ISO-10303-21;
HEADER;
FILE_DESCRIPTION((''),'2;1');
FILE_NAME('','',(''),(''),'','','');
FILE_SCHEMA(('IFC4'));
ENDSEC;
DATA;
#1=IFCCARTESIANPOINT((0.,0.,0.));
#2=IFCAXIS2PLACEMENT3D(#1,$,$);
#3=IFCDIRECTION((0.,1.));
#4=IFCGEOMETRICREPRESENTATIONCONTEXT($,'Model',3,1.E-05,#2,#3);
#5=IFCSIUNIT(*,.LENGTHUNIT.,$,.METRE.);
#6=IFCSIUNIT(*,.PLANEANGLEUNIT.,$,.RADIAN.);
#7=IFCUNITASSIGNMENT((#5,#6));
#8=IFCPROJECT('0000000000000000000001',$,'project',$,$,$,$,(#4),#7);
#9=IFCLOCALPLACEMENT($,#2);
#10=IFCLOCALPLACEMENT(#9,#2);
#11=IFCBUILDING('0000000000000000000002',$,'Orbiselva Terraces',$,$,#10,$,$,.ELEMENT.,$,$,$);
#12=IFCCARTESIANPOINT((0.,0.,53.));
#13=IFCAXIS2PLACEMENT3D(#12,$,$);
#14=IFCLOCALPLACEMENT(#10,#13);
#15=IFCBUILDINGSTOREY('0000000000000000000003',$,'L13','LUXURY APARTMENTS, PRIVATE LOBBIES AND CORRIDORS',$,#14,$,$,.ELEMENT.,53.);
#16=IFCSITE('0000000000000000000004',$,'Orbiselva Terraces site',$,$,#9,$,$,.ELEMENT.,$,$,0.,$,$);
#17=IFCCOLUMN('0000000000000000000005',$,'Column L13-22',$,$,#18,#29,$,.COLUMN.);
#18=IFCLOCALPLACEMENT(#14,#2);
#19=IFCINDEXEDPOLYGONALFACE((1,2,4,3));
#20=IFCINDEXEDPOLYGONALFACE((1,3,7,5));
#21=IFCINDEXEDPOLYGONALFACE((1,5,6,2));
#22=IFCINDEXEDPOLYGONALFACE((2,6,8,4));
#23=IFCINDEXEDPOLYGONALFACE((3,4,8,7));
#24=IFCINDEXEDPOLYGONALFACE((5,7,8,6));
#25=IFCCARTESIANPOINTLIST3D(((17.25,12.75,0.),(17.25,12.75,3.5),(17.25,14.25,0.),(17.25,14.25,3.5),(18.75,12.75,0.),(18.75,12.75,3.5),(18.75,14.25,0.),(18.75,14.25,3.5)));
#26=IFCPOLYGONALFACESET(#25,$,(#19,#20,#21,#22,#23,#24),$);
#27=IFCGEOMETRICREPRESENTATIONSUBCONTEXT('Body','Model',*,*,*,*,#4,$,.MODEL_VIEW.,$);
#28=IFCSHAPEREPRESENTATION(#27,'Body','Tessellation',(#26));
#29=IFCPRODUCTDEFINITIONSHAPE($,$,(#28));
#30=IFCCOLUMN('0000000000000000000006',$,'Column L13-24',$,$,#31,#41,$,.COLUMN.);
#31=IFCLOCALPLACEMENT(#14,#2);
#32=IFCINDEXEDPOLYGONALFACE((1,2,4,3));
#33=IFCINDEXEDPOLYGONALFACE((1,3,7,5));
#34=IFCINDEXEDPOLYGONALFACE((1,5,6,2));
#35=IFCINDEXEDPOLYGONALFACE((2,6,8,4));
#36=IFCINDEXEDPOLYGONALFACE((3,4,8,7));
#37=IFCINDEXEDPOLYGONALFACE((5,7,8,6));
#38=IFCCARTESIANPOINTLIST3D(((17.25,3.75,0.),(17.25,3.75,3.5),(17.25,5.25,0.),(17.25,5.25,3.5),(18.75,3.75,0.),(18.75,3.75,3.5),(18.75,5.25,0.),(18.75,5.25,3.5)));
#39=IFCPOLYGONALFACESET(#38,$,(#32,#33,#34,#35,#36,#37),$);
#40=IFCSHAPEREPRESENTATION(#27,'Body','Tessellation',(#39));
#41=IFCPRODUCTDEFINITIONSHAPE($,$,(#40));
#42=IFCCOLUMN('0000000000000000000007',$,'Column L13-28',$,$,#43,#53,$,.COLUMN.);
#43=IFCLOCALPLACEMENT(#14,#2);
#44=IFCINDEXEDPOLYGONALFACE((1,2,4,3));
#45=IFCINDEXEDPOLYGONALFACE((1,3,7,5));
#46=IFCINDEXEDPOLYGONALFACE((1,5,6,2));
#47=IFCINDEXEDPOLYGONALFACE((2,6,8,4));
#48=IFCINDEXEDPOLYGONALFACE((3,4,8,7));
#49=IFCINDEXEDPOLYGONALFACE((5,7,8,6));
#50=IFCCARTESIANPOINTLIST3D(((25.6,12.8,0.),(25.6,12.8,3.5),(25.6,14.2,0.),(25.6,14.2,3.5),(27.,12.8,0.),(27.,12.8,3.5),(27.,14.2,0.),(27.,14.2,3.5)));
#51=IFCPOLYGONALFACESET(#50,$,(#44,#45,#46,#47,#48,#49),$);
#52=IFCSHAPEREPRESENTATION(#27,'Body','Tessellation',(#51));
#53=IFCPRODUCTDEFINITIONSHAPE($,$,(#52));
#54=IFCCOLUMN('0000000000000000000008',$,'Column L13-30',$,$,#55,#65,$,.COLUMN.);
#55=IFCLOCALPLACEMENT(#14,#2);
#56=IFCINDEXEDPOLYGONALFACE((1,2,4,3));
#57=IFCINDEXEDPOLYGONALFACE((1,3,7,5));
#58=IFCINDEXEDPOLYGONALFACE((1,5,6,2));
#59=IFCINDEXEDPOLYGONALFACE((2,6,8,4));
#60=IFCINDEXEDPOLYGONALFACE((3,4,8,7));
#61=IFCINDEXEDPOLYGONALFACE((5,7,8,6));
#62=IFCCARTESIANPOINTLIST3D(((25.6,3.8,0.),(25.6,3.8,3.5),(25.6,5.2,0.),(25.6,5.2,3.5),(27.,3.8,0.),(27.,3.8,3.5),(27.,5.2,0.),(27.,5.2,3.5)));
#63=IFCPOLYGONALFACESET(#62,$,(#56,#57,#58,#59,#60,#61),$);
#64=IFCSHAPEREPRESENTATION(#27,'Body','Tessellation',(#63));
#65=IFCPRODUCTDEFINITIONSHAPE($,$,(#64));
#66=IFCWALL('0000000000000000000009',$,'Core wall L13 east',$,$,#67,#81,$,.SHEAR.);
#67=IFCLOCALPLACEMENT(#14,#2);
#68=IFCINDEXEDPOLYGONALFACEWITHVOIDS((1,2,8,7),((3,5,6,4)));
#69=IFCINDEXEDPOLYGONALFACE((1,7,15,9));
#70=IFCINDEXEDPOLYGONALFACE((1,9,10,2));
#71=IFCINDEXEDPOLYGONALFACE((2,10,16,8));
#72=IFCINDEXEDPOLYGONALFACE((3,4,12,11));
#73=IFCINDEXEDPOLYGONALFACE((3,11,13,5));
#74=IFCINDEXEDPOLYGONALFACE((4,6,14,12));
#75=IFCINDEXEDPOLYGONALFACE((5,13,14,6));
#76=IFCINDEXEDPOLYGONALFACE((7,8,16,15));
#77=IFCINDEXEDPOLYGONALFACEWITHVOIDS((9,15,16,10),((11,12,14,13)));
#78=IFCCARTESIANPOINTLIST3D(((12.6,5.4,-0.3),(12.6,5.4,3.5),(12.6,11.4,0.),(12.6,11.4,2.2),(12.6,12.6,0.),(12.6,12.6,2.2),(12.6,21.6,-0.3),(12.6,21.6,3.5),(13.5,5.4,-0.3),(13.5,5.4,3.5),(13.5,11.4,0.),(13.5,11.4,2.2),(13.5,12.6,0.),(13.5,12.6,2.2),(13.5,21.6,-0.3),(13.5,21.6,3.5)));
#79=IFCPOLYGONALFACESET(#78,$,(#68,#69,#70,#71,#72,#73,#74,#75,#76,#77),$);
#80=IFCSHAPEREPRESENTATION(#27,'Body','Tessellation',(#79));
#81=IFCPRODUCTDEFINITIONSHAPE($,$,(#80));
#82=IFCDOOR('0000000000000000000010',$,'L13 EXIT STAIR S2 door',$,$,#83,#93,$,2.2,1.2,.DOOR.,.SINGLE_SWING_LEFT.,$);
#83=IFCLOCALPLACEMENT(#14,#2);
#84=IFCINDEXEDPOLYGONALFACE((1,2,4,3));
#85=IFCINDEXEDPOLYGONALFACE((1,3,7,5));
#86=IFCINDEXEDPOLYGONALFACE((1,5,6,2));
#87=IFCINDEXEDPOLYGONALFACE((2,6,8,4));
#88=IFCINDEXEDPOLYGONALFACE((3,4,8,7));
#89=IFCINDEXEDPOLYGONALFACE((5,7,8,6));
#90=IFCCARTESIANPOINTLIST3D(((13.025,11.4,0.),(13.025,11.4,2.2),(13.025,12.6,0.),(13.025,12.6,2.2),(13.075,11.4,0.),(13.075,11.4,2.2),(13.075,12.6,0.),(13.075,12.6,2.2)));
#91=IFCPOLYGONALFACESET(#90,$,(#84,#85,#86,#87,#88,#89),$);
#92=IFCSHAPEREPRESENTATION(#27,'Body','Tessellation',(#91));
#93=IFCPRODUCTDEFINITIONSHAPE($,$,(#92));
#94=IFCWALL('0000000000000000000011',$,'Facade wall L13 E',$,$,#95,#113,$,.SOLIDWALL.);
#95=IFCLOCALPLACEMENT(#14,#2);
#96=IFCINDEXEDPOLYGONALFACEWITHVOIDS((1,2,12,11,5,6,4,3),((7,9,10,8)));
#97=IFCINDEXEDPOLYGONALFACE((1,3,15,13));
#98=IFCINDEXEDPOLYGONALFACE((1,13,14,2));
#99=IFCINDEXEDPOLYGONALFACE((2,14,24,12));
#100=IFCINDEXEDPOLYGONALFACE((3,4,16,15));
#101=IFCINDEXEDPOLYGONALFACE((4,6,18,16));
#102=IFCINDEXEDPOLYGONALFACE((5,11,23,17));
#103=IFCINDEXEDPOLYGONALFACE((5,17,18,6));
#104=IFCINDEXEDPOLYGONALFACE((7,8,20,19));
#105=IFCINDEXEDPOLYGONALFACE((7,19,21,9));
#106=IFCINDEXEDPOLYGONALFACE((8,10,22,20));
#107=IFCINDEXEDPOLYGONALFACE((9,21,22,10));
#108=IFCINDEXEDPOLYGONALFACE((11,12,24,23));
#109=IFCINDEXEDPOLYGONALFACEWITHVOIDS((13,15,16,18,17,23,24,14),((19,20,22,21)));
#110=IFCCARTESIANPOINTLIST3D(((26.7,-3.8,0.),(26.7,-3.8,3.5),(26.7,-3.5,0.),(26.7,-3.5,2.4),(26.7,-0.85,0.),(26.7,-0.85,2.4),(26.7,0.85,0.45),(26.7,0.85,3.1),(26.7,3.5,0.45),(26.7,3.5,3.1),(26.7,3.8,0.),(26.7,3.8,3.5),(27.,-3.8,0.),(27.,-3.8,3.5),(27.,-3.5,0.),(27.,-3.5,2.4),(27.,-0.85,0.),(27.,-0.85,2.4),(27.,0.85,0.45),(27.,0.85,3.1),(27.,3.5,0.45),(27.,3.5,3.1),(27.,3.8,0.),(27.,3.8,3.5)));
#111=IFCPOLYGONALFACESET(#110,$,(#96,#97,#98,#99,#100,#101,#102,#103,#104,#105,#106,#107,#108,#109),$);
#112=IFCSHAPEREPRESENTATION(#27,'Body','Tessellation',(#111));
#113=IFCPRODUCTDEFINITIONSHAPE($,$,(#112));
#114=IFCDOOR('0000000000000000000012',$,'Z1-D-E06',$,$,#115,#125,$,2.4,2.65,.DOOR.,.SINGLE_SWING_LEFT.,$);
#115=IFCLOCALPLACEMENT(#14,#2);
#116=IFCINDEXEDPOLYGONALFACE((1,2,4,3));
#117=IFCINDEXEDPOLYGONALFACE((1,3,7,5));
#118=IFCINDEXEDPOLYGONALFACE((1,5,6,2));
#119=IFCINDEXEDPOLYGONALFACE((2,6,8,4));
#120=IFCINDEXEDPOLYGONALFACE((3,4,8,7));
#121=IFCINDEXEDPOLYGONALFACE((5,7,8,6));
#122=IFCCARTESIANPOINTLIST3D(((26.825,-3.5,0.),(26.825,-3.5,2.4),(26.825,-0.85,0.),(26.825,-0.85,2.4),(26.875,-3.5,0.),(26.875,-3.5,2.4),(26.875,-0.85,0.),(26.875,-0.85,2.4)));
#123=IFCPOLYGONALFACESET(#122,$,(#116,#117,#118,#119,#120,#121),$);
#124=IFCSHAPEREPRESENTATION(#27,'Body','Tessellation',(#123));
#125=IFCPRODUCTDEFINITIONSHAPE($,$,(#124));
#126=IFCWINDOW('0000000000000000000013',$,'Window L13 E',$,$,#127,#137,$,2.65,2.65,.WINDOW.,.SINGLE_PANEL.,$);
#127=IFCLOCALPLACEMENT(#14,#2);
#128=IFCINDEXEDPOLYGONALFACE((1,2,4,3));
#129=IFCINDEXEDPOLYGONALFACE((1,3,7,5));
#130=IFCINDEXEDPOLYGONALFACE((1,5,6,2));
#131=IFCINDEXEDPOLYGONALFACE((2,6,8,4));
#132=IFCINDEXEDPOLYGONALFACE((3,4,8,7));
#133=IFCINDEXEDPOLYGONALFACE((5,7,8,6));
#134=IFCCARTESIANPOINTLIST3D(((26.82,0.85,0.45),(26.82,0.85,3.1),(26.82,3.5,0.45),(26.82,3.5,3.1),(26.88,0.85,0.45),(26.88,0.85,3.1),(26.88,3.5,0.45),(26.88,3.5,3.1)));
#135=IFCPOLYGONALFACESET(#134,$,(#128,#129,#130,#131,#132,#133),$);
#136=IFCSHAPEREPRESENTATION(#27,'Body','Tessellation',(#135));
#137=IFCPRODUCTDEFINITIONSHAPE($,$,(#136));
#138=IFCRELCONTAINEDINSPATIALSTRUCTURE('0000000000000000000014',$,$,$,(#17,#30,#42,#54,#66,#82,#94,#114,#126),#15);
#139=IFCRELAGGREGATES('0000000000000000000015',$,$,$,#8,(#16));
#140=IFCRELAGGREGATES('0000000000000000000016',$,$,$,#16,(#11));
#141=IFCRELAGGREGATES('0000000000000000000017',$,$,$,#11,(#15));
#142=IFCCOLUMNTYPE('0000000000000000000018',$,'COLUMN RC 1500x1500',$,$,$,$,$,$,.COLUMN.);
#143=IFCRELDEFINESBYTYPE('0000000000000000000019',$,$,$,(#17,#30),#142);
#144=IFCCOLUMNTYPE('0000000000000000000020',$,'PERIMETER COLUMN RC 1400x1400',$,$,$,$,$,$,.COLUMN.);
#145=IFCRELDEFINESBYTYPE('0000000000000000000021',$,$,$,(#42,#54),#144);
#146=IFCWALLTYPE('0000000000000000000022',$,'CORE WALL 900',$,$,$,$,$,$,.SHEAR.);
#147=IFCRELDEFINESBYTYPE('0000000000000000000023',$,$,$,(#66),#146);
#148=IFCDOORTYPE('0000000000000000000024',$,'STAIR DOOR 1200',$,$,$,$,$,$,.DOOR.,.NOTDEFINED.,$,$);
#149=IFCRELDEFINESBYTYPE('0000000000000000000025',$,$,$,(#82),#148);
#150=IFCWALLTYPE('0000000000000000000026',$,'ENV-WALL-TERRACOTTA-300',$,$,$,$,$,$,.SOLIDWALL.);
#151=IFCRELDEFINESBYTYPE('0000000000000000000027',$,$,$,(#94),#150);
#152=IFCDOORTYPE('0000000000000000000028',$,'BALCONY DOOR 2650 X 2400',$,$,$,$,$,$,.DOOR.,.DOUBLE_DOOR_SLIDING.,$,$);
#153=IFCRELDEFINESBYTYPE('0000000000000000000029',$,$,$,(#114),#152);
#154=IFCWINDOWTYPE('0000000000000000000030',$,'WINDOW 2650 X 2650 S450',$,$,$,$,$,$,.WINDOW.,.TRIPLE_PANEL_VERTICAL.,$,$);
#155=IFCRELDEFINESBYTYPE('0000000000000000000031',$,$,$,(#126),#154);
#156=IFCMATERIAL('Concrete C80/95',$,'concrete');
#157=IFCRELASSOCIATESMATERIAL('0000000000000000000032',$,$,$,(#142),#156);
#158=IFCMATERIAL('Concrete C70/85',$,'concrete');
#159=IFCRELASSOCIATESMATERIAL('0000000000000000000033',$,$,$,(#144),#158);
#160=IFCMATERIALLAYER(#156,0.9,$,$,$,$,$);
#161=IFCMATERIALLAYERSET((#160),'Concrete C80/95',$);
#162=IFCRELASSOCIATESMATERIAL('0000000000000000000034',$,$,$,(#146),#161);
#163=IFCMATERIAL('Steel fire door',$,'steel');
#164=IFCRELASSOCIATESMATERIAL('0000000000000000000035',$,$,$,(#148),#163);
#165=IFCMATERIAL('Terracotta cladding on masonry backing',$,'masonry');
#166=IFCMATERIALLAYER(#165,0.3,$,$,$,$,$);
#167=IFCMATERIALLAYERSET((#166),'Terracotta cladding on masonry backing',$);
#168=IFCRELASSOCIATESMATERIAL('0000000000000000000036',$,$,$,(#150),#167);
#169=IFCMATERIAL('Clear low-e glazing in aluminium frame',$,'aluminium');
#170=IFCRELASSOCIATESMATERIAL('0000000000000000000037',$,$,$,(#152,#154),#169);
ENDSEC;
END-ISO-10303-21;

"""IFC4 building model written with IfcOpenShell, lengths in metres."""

from ifc_helpers import new_model, si_unit, direction, frame, frame_2d, origin, origin_2d, place, context, subcontext, project, spatial, rectangle, extrude, material, layer, layer_set, material_profile, profile_set, type_object, element, fill, save


model = new_model("IFC4")

# Units and contexts
model_context = context("Model", 3, precision=1e-05, world=origin(), true_north=direction((0.0, 1.0)))
body_context = subcontext(model_context, "Body", "Model", "MODEL_VIEW")
ifc_project = project(units=[si_unit("LENGTHUNIT", "METRE"), si_unit("PLANEANGLEUNIT", "RADIAN")], contexts=[model_context])

# Site, building, storey
site_placement = place(None, origin())
site = spatial("IfcSite", under=ifc_project, at=site_placement, Name="Orbiselva Terraces site", CompositionType="ELEMENT", RefElevation=0.0)
building_placement = place(site_placement, origin())
building = spatial("IfcBuilding", under=site, at=building_placement, Name="Orbiselva Terraces", CompositionType="ELEMENT")
storey_placement = place(building_placement, frame((0.0, 0.0, 53.0)))
storey = spatial("IfcBuildingStorey", under=building, at=storey_placement, Name="L13", Description="LUXURY APARTMENTS, PRIVATE LOBBIES AND CORRIDORS", CompositionType="ELEMENT", Elevation=53.0)

# Columns
ifc_material_1 = material(Name="Concrete C80/95", Category="concrete")
ifc_material_profile_1 = material_profile(ifc_material_1, rectangle(XDim=1.5, YDim=1.5, at=origin_2d()), Name="RC 1500x1500")
ifc_profile_set_1 = profile_set([ifc_material_profile_1], Name="Concrete C80/95")
column_type_1 = type_object("IfcColumnType", Name="COLUMN RC 1500x1500", PredefinedType="COLUMN", material=ifc_profile_set_1)
for number, where, z_axis, x_axis, name in (
    (1, (18.0, 13.5, 0.0), (0.0, 0.0, 1.0), (1.0, 0.0, 0.0), "Column L13-22"),
    (2, (18.0, 4.5, 0.0), (0.0, 0.0, 1.0), (1.0, 0.0, 0.0), "Column L13-24"),
):
    element("IfcColumn", number, at=place(storey_placement, frame(where, z_axis=z_axis, x_axis=x_axis)), inside=storey, type_object=column_type_1, Name=name, PredefinedType="COLUMN", context=body_context, shape_type="SweptSolid", body=[
        extrude(rectangle(XDim=1.5, YDim=1.5, at=origin_2d()), origin(), (0.0, 0.0, 1.0), 3.5),
    ])
ifc_material_2 = material(Name="Concrete C70/85", Category="concrete")
ifc_material_profile_2 = material_profile(ifc_material_2, rectangle(XDim=1.4, YDim=1.4, at=origin_2d()), Name="RC 1400x1400")
ifc_profile_set_2 = profile_set([ifc_material_profile_2], Name="Concrete C70/85")
column_type_2 = type_object("IfcColumnType", Name="PERIMETER COLUMN RC 1400x1400", PredefinedType="COLUMN", material=ifc_profile_set_2)
for number, where, z_axis, x_axis, name in (
    (3, (26.3, 13.5, 0.0), (0.0, 0.0, 1.0), (1.0, 0.0, 0.0), "Column L13-28"),
    (4, (26.3, 4.5, 0.0), (0.0, 0.0, 1.0), (1.0, 0.0, 0.0), "Column L13-30"),
):
    element("IfcColumn", number, at=place(storey_placement, frame(where, z_axis=z_axis, x_axis=x_axis)), inside=storey, type_object=column_type_2, Name=name, PredefinedType="COLUMN", context=body_context, shape_type="SweptSolid", body=[
        extrude(rectangle(XDim=1.4, YDim=1.4, at=origin_2d()), origin(), (0.0, 0.0, 1.0), 3.5),
    ])

# Wall, opening, door
ifc_layer_1 = layer(ifc_material_1, 0.9)
ifc_layer_set_1 = layer_set([ifc_layer_1], Name="Concrete C80/95")
wall_type_1 = type_object("IfcWallType", Name="CORE WALL 900", PredefinedType="SHEAR", material=ifc_layer_set_1)
wall_1_placement = place(storey_placement, frame((13.05, 5.4, -0.3), z_axis=(0.0, 0.0, 1.0), x_axis=(0.0, 1.0, 0.0)))
wall_1 = element("IfcWall", 5, at=wall_1_placement, inside=storey, type_object=wall_type_1, Name="Core wall L13 east", PredefinedType="SHEAR", context=body_context, shape_type="SweptSolid", body=[
    extrude(rectangle(XDim=16.2, YDim=0.9, at=frame_2d((8.1, 0.0))), origin(), (0.0, 0.0, 1.0), 3.8),
])
opening_1_placement = place(wall_1_placement, frame((6.0, 0.0, 0.3)))
opening_1 = element("IfcOpeningElement", 6, at=opening_1_placement, cuts=wall_1, PredefinedType="OPENING", context=body_context, shape_type="SweptSolid", body=[
    extrude(rectangle(XDim=1.2, YDim=2.2, at=frame_2d((0.6, 1.1))), frame((0.0, 0.46, 0.0), z_axis=(0.0, -1.0, 0.0), x_axis=(1.0, 0.0, 0.0)), (0.0, 0.0, 1.0), 0.92),
])
ifc_material_3 = material(Name="Steel fire door", Category="steel")
door_type_1 = type_object("IfcDoorType", Name="STAIR DOOR 1200", OperationType="NOTDEFINED", PredefinedType="DOOR", material=ifc_material_3)
door_1_placement = place(opening_1_placement, frame((1.2, 0.0, 0.0), z_axis=(0.0, 0.0, 1.0), x_axis=(-1.0, 0.0, 0.0)))
door_1 = element("IfcDoor", 7, at=door_1_placement, inside=storey, type_object=door_type_1, Name="L13 EXIT STAIR S2 door", OperationType="SINGLE_SWING_LEFT", OverallHeight=2.2, OverallWidth=1.2, PredefinedType="DOOR", context=body_context, shape_type="SweptSolid", body=[
    extrude(rectangle(XDim=1.2, YDim=2.2, at=frame_2d((0.6, 1.1))), frame((0.0, 0.025, 0.0), z_axis=(0.0, -1.0, 0.0), x_axis=(1.0, 0.0, 0.0)), (0.0, 0.0, 1.0), 0.05),
])
fill(opening_1, door_1)

# Wall, openings, door, window
ifc_material_4 = material(Name="Terracotta cladding on masonry backing", Category="masonry")
ifc_layer_2 = layer(ifc_material_4, 0.3)
ifc_layer_set_2 = layer_set([ifc_layer_2], Name="Terracotta cladding on masonry backing")
wall_type_2 = type_object("IfcWallType", Name="ENV-WALL-TERRACOTTA-300", PredefinedType="SOLIDWALL", material=ifc_layer_set_2)
wall_2_placement = place(storey_placement, frame((26.85, 3.8, 0.0), z_axis=(0.0, 0.0, 1.0), x_axis=(0.0, -1.0, 0.0)))
wall_2 = element("IfcWall", 8, at=wall_2_placement, inside=storey, type_object=wall_type_2, Name="Facade wall L13 E", PredefinedType="SOLIDWALL", context=body_context, shape_type="SweptSolid", body=[
    extrude(rectangle(XDim=7.6, YDim=0.3, at=frame_2d((3.8, 0.0))), origin(), (0.0, 0.0, 1.0), 3.5),
])
opening_2_placement = place(wall_2_placement, frame((4.65, 0.0, 0.0)))
opening_2 = element("IfcOpeningElement", 9, at=opening_2_placement, cuts=wall_2, PredefinedType="OPENING", context=body_context, shape_type="SweptSolid", body=[
    extrude(rectangle(XDim=2.65, YDim=2.4, at=frame_2d((1.325, 1.2))), frame((0.0, 0.16, 0.0), z_axis=(0.0, -1.0, 0.0), x_axis=(1.0, 0.0, 0.0)), (0.0, 0.0, 1.0), 0.32),
])
opening_3_placement = place(wall_2_placement, frame((0.3, 0.0, 0.45)))
opening_3 = element("IfcOpeningElement", 10, at=opening_3_placement, cuts=wall_2, PredefinedType="OPENING", context=body_context, shape_type="SweptSolid", body=[
    extrude(rectangle(XDim=2.65, YDim=2.65, at=frame_2d((1.325, 1.325))), frame((0.0, 0.16, 0.0), z_axis=(0.0, -1.0, 0.0), x_axis=(1.0, 0.0, 0.0)), (0.0, 0.0, 1.0), 0.32),
])
ifc_material_5 = material(Name="Clear low-e glazing in aluminium frame", Category="aluminium")
door_type_2 = type_object("IfcDoorType", Name="BALCONY DOOR 2650 X 2400", OperationType="DOUBLE_DOOR_SLIDING", PredefinedType="DOOR", material=ifc_material_5)
door_2_placement = place(opening_2_placement, origin())
door_2 = element("IfcDoor", 11, at=door_2_placement, inside=storey, type_object=door_type_2, Name="Z1-D-E06", OperationType="SINGLE_SWING_LEFT", OverallHeight=2.4, OverallWidth=2.65, PredefinedType="DOOR", context=body_context, shape_type="SweptSolid", body=[
    extrude(rectangle(XDim=2.65, YDim=2.4, at=frame_2d((1.325, 1.2))), frame((0.0, 0.025, 0.0), z_axis=(0.0, -1.0, 0.0), x_axis=(1.0, 0.0, 0.0)), (0.0, 0.0, 1.0), 0.05),
])
fill(opening_2, door_2)
window_type = type_object("IfcWindowType", Name="WINDOW 2650 X 2650 S450", PartitioningType="TRIPLE_PANEL_VERTICAL", PredefinedType="WINDOW", material=ifc_material_5)
window_1_placement = place(opening_3_placement, origin())
window_1 = element("IfcWindow", 12, at=window_1_placement, inside=storey, type_object=window_type, Name="Window L13 E", OverallHeight=2.65, OverallWidth=2.65, PartitioningType="SINGLE_PANEL", PredefinedType="WINDOW", context=body_context, shape_type="SweptSolid", body=[
    extrude(rectangle(XDim=2.65, YDim=2.65, at=frame_2d((1.325, 1.325))), frame((0.0, 0.03, 0.0), z_axis=(0.0, -1.0, 0.0), x_axis=(1.0, 0.0, 0.0)), (0.0, 0.0, 1.0), 0.06),
])
fill(opening_3, window_1)

save(model, "model.ifc")
